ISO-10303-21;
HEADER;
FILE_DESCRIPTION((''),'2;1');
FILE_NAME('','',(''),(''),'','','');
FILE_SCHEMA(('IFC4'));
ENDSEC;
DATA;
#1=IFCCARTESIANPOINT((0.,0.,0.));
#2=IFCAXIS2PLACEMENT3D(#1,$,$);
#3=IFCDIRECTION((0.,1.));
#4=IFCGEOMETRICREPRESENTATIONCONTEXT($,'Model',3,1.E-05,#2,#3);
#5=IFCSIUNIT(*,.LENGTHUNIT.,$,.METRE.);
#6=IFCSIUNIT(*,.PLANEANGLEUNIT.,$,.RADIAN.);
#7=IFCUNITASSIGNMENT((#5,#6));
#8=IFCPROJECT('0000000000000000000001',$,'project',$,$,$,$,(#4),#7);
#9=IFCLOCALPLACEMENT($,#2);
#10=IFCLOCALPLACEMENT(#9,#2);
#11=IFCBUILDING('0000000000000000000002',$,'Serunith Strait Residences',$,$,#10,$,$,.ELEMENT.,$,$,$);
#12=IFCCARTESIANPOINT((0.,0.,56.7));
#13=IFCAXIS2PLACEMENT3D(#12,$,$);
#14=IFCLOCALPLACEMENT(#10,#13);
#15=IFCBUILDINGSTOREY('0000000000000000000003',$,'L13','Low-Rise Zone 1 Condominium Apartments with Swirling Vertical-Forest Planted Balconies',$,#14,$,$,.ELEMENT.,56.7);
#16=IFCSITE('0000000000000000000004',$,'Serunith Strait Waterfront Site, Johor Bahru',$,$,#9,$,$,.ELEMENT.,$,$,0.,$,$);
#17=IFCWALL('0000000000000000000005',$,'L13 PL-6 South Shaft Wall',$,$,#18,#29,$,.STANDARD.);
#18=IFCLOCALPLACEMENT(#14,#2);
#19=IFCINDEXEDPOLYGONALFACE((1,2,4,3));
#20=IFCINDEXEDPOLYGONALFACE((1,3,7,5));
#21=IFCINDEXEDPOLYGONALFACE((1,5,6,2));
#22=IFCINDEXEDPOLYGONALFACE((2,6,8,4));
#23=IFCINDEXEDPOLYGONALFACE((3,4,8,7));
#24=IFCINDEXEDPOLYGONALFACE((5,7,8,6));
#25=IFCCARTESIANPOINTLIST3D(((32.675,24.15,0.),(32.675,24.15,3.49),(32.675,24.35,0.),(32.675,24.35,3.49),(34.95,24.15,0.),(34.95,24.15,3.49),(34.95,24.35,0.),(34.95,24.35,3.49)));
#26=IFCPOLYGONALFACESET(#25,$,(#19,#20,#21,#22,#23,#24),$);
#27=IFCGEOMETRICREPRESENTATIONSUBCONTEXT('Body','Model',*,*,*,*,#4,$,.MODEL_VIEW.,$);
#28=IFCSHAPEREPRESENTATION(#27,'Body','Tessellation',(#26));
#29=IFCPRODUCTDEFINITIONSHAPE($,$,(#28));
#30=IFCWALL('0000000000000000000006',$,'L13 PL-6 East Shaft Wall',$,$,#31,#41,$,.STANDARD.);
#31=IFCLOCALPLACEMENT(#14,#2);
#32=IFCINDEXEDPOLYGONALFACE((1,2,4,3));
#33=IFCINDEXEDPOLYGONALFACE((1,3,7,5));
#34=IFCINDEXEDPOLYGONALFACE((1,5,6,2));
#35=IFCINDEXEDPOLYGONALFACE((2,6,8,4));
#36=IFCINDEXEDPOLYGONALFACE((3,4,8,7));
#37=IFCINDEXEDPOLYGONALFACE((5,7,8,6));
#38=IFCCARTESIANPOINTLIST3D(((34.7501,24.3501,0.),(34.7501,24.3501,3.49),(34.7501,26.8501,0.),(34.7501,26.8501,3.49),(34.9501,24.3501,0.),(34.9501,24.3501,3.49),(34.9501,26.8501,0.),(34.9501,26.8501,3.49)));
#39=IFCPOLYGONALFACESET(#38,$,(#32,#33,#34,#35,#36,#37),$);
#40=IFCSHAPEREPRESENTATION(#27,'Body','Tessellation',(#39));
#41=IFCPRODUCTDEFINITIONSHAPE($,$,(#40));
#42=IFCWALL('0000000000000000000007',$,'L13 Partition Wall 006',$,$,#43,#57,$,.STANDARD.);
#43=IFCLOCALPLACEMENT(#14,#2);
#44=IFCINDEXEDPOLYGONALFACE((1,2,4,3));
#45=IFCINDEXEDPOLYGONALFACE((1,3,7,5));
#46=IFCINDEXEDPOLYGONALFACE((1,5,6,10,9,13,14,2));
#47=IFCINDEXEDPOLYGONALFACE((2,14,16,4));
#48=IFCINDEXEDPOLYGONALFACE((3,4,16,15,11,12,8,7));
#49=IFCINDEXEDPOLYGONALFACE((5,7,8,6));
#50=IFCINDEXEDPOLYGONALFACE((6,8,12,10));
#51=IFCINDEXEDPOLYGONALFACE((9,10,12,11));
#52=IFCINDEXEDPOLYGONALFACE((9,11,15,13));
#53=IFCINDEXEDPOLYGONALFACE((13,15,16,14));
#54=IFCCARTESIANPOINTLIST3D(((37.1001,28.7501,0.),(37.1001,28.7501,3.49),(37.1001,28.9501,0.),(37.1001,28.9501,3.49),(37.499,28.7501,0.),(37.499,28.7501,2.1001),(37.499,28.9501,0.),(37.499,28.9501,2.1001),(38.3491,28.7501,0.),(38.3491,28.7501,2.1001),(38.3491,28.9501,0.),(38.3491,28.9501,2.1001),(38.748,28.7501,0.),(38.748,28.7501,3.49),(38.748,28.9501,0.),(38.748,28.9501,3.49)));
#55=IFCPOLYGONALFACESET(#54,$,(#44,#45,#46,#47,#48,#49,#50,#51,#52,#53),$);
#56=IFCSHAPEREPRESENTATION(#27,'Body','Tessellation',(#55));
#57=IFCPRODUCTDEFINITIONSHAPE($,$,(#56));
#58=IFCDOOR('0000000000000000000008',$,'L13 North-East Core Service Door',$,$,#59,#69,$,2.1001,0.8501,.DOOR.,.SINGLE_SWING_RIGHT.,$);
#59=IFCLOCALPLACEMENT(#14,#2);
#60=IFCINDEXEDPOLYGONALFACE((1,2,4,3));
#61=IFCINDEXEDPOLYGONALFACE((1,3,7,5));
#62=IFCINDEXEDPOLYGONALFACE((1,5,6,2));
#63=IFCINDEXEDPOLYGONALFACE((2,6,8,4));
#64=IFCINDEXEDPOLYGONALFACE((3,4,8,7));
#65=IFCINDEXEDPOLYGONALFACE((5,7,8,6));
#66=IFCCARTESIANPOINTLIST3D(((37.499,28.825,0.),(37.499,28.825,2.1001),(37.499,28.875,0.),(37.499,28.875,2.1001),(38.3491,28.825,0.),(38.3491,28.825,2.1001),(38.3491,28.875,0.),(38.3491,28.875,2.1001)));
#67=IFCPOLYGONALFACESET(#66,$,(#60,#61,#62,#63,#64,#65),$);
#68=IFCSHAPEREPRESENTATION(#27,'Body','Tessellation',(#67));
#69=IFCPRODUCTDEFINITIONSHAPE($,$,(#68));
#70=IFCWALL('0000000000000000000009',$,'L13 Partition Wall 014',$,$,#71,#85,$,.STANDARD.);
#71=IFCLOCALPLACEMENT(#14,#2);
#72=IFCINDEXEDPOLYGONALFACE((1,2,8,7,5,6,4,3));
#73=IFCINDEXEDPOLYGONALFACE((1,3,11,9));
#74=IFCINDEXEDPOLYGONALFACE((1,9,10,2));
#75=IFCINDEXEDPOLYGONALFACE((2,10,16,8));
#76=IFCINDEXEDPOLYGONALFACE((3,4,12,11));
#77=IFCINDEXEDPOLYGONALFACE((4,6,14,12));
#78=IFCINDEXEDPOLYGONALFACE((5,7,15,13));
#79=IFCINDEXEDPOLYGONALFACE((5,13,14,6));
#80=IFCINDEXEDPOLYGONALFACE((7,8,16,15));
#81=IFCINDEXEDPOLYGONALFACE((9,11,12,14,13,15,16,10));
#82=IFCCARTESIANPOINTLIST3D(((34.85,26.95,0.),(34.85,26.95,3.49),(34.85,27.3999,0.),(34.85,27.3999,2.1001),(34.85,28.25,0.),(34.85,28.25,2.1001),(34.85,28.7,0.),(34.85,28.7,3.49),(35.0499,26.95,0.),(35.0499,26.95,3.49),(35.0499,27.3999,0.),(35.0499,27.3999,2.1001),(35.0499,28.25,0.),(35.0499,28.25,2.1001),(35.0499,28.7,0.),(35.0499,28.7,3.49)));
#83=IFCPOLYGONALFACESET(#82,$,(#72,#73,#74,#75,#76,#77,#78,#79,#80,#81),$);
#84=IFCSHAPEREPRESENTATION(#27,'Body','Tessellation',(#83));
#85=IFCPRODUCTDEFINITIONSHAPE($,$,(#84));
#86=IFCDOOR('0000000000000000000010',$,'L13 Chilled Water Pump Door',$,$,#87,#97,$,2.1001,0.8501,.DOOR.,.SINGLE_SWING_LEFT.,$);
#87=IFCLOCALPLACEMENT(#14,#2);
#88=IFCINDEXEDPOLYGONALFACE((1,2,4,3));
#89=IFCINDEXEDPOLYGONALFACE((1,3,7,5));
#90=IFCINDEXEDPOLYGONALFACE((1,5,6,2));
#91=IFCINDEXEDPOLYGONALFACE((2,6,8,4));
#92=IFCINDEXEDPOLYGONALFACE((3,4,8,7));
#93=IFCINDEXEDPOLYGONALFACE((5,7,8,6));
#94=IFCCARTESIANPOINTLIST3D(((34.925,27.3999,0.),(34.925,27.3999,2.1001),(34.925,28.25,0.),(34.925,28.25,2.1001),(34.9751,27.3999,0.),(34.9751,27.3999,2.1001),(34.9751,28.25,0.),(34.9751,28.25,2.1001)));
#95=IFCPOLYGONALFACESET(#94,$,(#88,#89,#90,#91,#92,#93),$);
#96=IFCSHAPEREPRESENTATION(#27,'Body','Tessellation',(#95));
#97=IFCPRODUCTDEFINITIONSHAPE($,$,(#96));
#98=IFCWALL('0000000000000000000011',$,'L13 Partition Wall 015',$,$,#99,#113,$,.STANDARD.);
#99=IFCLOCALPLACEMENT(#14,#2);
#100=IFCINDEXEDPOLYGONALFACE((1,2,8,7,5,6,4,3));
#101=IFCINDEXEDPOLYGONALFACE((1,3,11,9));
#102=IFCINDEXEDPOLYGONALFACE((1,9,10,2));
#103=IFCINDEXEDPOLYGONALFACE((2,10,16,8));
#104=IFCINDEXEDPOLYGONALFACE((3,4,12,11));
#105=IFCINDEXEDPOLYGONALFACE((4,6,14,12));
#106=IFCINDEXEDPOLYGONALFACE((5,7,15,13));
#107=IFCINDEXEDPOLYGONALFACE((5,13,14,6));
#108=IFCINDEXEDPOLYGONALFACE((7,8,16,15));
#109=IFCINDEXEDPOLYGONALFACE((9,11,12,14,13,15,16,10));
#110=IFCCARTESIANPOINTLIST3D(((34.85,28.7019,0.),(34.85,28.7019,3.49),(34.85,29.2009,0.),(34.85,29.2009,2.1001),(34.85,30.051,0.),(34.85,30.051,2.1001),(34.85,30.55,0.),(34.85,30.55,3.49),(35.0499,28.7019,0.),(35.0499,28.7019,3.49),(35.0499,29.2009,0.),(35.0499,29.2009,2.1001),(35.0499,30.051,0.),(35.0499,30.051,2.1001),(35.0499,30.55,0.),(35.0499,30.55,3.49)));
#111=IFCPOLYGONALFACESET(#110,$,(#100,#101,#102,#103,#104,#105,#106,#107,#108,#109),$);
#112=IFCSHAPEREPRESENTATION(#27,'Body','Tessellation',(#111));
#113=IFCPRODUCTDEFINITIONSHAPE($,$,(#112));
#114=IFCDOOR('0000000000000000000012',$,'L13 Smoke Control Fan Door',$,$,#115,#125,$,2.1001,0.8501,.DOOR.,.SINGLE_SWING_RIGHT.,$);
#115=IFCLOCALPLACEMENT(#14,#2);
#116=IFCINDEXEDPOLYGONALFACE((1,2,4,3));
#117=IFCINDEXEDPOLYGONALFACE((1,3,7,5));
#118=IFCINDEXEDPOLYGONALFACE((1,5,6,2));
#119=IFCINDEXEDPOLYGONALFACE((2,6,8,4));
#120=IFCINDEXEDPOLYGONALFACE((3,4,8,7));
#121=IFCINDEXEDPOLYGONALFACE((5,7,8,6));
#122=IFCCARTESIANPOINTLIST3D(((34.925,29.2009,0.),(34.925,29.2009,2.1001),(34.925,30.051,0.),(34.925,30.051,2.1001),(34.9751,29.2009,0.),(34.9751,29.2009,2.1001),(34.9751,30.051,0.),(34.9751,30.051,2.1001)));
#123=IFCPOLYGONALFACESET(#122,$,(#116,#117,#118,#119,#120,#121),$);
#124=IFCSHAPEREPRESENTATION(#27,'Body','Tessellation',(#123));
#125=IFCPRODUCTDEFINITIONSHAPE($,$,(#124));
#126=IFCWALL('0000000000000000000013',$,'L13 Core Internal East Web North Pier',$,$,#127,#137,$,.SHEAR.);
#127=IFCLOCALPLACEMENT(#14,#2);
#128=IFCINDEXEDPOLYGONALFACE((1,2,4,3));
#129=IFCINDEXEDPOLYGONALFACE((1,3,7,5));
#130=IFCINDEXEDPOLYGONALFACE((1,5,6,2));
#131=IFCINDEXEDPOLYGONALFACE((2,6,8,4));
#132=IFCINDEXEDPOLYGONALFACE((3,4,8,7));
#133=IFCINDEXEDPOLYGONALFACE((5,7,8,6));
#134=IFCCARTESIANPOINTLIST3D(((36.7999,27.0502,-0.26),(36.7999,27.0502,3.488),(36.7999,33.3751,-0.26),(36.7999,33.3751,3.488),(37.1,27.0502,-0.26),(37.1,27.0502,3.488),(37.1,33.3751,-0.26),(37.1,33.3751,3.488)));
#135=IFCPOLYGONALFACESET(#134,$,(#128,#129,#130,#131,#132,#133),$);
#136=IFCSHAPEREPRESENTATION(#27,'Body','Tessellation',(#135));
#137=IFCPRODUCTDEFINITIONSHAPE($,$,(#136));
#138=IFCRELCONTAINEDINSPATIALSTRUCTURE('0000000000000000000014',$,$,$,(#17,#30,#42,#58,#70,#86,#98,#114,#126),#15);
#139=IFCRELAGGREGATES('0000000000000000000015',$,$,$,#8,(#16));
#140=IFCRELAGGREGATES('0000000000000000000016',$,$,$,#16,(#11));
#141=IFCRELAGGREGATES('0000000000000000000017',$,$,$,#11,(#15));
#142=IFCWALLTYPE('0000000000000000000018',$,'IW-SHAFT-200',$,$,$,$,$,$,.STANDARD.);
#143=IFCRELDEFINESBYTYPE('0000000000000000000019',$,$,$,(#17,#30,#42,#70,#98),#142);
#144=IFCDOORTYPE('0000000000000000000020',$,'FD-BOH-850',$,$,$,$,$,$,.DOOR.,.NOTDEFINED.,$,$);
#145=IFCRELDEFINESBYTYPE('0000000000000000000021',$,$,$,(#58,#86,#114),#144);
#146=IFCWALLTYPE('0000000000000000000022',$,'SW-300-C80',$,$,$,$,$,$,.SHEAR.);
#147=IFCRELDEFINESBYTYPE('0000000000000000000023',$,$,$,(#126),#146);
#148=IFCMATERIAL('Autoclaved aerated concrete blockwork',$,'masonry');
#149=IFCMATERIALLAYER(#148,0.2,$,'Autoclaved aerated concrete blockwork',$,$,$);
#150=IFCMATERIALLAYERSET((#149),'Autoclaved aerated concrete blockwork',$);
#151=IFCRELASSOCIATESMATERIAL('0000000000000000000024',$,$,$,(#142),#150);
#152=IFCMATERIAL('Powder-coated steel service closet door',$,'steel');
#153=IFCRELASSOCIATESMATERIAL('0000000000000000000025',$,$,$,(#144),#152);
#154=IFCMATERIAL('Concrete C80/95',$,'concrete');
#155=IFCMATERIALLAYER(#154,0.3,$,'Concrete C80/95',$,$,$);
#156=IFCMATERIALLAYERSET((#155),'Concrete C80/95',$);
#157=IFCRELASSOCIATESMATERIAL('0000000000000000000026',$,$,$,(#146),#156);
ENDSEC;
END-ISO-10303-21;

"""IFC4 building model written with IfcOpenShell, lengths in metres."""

from ifc_helpers import new_model, si_unit, direction, frame, frame_2d, origin, place, context, subcontext, project, spatial, rectangle, extrude, source, transform, mapped, material, layer, layer_set, type_object, element, fill, save


model = new_model("IFC4")

# Units and contexts
model_context = context("Model", 3, precision=1e-05, world=origin(), true_north=direction((0.0, 1.0)))
body_context = subcontext(model_context, "Body", "Model", "MODEL_VIEW")
ifc_project = project(units=[si_unit("LENGTHUNIT", "METRE"), si_unit("PLANEANGLEUNIT", "RADIAN")], contexts=[model_context])

# Site, building, storey
site_placement = place(None, origin())
site = spatial("IfcSite", under=ifc_project, at=site_placement, Name="Serunith Strait Waterfront Site, Johor Bahru", CompositionType="ELEMENT", RefElevation=0.0)
building_placement = place(site_placement, origin())
building = spatial("IfcBuilding", under=site, at=building_placement, Name="Serunith Strait Residences", CompositionType="ELEMENT")
storey_placement = place(building_placement, frame((0.0, 0.0, 56.7)))
storey = spatial("IfcBuildingStorey", under=building, at=storey_placement, Name="L13", Description="Low-Rise Zone 1 Condominium Apartments with Swirling Vertical-Forest Planted Balconies", CompositionType="ELEMENT", Elevation=56.7)

# Shared definitions
ifc_material_1 = material(Name="Autoclaved aerated concrete blockwork", Category="masonry")
ifc_layer_1 = layer(ifc_material_1, 0.2, Name="Autoclaved aerated concrete blockwork")
ifc_layer_set_1 = layer_set([ifc_layer_1], Name="Autoclaved aerated concrete blockwork")
wall_type_1 = type_object("IfcWallType", Name="IW-SHAFT-200", PredefinedType="STANDARD", material=ifc_layer_set_1)

# Walls
wall_1_placement = place(storey_placement, frame((32.675, 24.25, 0.0), z_axis=(0.0, 0.0, 1.0), x_axis=(1.0, 0.0, 0.0)))
element("IfcWall", 1, at=wall_1_placement, inside=storey, type_object=wall_type_1, Name="L13 PL-6 South Shaft Wall", PredefinedType="STANDARD", context=body_context, shape_type="SweptSolid", body=[
    extrude(rectangle(XDim=2.2749, YDim=0.2, at=frame_2d((1.1375, 0.0))), origin(), (0.0, 0.0, 1.0), 3.49),
])
wall_2_placement = place(storey_placement, frame((34.8501, 24.3501, 0.0), z_axis=(0.0, 0.0, 1.0), x_axis=(0.0, 1.0, 0.0)))
element("IfcWall", 2, at=wall_2_placement, inside=storey, type_object=wall_type_1, Name="L13 PL-6 East Shaft Wall", PredefinedType="STANDARD", context=body_context, shape_type="SweptSolid", body=[
    extrude(rectangle(XDim=2.5, YDim=0.2, at=frame_2d((1.25, 0.0))), origin(), (0.0, 0.0, 1.0), 3.49),
])

# Walls, openings, doors
wall_3_placement = place(storey_placement, frame((37.1001, 28.8501, 0.0), z_axis=(0.0, 0.0, 1.0), x_axis=(1.0, 0.0, 0.0)))
wall_3 = element("IfcWall", 3, at=wall_3_placement, inside=storey, type_object=wall_type_1, Name="L13 Partition Wall 006", PredefinedType="STANDARD", context=body_context, shape_type="SweptSolid", body=[
    extrude(rectangle(XDim=1.6479, YDim=0.2, at=frame_2d((0.824, 0.0))), origin(), (0.0, 0.0, 1.0), 3.49),
])
opening_1_placement = place(wall_3_placement, frame((0.3989, 0.0, 0.0)))
opening_1 = element("IfcOpeningElement", 4, at=opening_1_placement, cuts=wall_3, PredefinedType="OPENING", context=body_context, shape_type="SweptSolid", body=[
    extrude(rectangle(XDim=0.8501, YDim=2.1001, at=frame_2d((0.425, 1.05))), frame((0.0, 0.1099, 0.0), z_axis=(0.0, -1.0, 0.0), x_axis=(1.0, 0.0, 0.0)), (0.0, 0.0, 1.0), 0.22),
])
ifc_material_2 = material(Name="Powder-coated steel service closet door", Category="steel")
door_type_1 = type_object("IfcDoorType", Name="FD-BOH-850", OperationType="NOTDEFINED", PredefinedType="DOOR", material=ifc_material_2)
shared_shape_1 = source(origin(), body_context, "Body", "SweptSolid", [
    extrude(rectangle(XDim=0.8501, YDim=2.1001, at=frame_2d((0.425, 1.05))), frame((0.0, 0.0249, 0.0), z_axis=(0.0, -1.0, 0.0), x_axis=(1.0, 0.0, 0.0)), (0.0, 0.0, 1.0), 0.05),
])
door_1_placement = place(opening_1_placement, origin())
door_1 = element("IfcDoor", 5, at=door_1_placement, inside=storey, type_object=door_type_1, Name="L13 North-East Core Service Door", OperationType="SINGLE_SWING_RIGHT", OverallHeight=2.1001, OverallWidth=0.8501, PredefinedType="DOOR", context=body_context, shape_type="MappedRepresentation", body=[
    mapped(shared_shape_1, transform((0.0, 0.0, 0.0), scale=1.0)),
])
fill(opening_1, door_1)
wall_4_placement = place(storey_placement, frame((34.95, 26.95, 0.0), z_axis=(0.0, 0.0, 1.0), x_axis=(0.0, 1.0, 0.0)))
wall_4 = element("IfcWall", 6, at=wall_4_placement, inside=storey, type_object=wall_type_1, Name="L13 Partition Wall 014", PredefinedType="STANDARD", context=body_context, shape_type="SweptSolid", body=[
    extrude(rectangle(XDim=1.75, YDim=0.2, at=frame_2d((0.875, 0.0))), origin(), (0.0, 0.0, 1.0), 3.49),
])
opening_2_placement = place(wall_4_placement, frame((0.45, 0.0, 0.0)))
opening_2 = element("IfcOpeningElement", 7, at=opening_2_placement, cuts=wall_4, PredefinedType="OPENING", context=body_context, shape_type="SweptSolid", body=[
    extrude(rectangle(XDim=0.8501, YDim=2.1001, at=frame_2d((0.425, 1.05))), frame((0.0, 0.1099, 0.0), z_axis=(0.0, -1.0, 0.0), x_axis=(1.0, 0.0, 0.0)), (0.0, 0.0, 1.0), 0.22),
])
door_2_placement = place(opening_2_placement, origin())
door_2 = element("IfcDoor", 8, at=door_2_placement, inside=storey, type_object=door_type_1, Name="L13 Chilled Water Pump Door", OperationType="SINGLE_SWING_LEFT", OverallHeight=2.1001, OverallWidth=0.8501, PredefinedType="DOOR", context=body_context, shape_type="MappedRepresentation", body=[
    mapped(shared_shape_1, transform((0.0, 0.0, 0.0), scale=1.0)),
])
fill(opening_2, door_2)
wall_5_placement = place(storey_placement, frame((34.95, 28.7019, 0.0), z_axis=(0.0, 0.0, 1.0), x_axis=(0.0, 1.0, 0.0)))
wall_5 = element("IfcWall", 9, at=wall_5_placement, inside=storey, type_object=wall_type_1, Name="L13 Partition Wall 015", PredefinedType="STANDARD", context=body_context, shape_type="SweptSolid", body=[
    extrude(rectangle(XDim=1.8481, YDim=0.2, at=frame_2d((0.9241, 0.0))), origin(), (0.0, 0.0, 1.0), 3.49),
])
opening_3_placement = place(wall_5_placement, frame((0.499, 0.0, 0.0)))
opening_3 = element("IfcOpeningElement", 10, at=opening_3_placement, cuts=wall_5, PredefinedType="OPENING", context=body_context, shape_type="SweptSolid", body=[
    extrude(rectangle(XDim=0.8501, YDim=2.1001, at=frame_2d((0.425, 1.05))), frame((0.0, 0.1099, 0.0), z_axis=(0.0, -1.0, 0.0), x_axis=(1.0, 0.0, 0.0)), (0.0, 0.0, 1.0), 0.22),
])
door_3_placement = place(opening_3_placement, origin())
door_3 = element("IfcDoor", 11, at=door_3_placement, inside=storey, type_object=door_type_1, Name="L13 Smoke Control Fan Door", OperationType="SINGLE_SWING_RIGHT", OverallHeight=2.1001, OverallWidth=0.8501, PredefinedType="DOOR", context=body_context, shape_type="MappedRepresentation", body=[
    mapped(shared_shape_1, transform((0.0, 0.0, 0.0), scale=1.0)),
])
fill(opening_3, door_3)

# Wall
ifc_material_3 = material(Name="Concrete C80/95", Category="concrete")
ifc_layer_2 = layer(ifc_material_3, 0.3, Name="Concrete C80/95")
ifc_layer_set_2 = layer_set([ifc_layer_2], Name="Concrete C80/95")
wall_type_2 = type_object("IfcWallType", Name="SW-300-C80", PredefinedType="SHEAR", material=ifc_layer_set_2)
wall_6_placement = place(storey_placement, frame((36.95, 27.05, -0.26), z_axis=(0.0, 0.0, 1.0), x_axis=(0.0, 1.0, 0.0)))
element("IfcWall", 12, at=wall_6_placement, inside=storey, type_object=wall_type_2, Name="L13 Core Internal East Web North Pier", PredefinedType="SHEAR", context=body_context, shape_type="SweptSolid", body=[
    extrude(rectangle(XDim=6.325, YDim=0.3, at=frame_2d((3.1626, 0.0))), origin(), (0.0, 0.0, 1.0), 3.748),
])

save(model, "model.ifc")
